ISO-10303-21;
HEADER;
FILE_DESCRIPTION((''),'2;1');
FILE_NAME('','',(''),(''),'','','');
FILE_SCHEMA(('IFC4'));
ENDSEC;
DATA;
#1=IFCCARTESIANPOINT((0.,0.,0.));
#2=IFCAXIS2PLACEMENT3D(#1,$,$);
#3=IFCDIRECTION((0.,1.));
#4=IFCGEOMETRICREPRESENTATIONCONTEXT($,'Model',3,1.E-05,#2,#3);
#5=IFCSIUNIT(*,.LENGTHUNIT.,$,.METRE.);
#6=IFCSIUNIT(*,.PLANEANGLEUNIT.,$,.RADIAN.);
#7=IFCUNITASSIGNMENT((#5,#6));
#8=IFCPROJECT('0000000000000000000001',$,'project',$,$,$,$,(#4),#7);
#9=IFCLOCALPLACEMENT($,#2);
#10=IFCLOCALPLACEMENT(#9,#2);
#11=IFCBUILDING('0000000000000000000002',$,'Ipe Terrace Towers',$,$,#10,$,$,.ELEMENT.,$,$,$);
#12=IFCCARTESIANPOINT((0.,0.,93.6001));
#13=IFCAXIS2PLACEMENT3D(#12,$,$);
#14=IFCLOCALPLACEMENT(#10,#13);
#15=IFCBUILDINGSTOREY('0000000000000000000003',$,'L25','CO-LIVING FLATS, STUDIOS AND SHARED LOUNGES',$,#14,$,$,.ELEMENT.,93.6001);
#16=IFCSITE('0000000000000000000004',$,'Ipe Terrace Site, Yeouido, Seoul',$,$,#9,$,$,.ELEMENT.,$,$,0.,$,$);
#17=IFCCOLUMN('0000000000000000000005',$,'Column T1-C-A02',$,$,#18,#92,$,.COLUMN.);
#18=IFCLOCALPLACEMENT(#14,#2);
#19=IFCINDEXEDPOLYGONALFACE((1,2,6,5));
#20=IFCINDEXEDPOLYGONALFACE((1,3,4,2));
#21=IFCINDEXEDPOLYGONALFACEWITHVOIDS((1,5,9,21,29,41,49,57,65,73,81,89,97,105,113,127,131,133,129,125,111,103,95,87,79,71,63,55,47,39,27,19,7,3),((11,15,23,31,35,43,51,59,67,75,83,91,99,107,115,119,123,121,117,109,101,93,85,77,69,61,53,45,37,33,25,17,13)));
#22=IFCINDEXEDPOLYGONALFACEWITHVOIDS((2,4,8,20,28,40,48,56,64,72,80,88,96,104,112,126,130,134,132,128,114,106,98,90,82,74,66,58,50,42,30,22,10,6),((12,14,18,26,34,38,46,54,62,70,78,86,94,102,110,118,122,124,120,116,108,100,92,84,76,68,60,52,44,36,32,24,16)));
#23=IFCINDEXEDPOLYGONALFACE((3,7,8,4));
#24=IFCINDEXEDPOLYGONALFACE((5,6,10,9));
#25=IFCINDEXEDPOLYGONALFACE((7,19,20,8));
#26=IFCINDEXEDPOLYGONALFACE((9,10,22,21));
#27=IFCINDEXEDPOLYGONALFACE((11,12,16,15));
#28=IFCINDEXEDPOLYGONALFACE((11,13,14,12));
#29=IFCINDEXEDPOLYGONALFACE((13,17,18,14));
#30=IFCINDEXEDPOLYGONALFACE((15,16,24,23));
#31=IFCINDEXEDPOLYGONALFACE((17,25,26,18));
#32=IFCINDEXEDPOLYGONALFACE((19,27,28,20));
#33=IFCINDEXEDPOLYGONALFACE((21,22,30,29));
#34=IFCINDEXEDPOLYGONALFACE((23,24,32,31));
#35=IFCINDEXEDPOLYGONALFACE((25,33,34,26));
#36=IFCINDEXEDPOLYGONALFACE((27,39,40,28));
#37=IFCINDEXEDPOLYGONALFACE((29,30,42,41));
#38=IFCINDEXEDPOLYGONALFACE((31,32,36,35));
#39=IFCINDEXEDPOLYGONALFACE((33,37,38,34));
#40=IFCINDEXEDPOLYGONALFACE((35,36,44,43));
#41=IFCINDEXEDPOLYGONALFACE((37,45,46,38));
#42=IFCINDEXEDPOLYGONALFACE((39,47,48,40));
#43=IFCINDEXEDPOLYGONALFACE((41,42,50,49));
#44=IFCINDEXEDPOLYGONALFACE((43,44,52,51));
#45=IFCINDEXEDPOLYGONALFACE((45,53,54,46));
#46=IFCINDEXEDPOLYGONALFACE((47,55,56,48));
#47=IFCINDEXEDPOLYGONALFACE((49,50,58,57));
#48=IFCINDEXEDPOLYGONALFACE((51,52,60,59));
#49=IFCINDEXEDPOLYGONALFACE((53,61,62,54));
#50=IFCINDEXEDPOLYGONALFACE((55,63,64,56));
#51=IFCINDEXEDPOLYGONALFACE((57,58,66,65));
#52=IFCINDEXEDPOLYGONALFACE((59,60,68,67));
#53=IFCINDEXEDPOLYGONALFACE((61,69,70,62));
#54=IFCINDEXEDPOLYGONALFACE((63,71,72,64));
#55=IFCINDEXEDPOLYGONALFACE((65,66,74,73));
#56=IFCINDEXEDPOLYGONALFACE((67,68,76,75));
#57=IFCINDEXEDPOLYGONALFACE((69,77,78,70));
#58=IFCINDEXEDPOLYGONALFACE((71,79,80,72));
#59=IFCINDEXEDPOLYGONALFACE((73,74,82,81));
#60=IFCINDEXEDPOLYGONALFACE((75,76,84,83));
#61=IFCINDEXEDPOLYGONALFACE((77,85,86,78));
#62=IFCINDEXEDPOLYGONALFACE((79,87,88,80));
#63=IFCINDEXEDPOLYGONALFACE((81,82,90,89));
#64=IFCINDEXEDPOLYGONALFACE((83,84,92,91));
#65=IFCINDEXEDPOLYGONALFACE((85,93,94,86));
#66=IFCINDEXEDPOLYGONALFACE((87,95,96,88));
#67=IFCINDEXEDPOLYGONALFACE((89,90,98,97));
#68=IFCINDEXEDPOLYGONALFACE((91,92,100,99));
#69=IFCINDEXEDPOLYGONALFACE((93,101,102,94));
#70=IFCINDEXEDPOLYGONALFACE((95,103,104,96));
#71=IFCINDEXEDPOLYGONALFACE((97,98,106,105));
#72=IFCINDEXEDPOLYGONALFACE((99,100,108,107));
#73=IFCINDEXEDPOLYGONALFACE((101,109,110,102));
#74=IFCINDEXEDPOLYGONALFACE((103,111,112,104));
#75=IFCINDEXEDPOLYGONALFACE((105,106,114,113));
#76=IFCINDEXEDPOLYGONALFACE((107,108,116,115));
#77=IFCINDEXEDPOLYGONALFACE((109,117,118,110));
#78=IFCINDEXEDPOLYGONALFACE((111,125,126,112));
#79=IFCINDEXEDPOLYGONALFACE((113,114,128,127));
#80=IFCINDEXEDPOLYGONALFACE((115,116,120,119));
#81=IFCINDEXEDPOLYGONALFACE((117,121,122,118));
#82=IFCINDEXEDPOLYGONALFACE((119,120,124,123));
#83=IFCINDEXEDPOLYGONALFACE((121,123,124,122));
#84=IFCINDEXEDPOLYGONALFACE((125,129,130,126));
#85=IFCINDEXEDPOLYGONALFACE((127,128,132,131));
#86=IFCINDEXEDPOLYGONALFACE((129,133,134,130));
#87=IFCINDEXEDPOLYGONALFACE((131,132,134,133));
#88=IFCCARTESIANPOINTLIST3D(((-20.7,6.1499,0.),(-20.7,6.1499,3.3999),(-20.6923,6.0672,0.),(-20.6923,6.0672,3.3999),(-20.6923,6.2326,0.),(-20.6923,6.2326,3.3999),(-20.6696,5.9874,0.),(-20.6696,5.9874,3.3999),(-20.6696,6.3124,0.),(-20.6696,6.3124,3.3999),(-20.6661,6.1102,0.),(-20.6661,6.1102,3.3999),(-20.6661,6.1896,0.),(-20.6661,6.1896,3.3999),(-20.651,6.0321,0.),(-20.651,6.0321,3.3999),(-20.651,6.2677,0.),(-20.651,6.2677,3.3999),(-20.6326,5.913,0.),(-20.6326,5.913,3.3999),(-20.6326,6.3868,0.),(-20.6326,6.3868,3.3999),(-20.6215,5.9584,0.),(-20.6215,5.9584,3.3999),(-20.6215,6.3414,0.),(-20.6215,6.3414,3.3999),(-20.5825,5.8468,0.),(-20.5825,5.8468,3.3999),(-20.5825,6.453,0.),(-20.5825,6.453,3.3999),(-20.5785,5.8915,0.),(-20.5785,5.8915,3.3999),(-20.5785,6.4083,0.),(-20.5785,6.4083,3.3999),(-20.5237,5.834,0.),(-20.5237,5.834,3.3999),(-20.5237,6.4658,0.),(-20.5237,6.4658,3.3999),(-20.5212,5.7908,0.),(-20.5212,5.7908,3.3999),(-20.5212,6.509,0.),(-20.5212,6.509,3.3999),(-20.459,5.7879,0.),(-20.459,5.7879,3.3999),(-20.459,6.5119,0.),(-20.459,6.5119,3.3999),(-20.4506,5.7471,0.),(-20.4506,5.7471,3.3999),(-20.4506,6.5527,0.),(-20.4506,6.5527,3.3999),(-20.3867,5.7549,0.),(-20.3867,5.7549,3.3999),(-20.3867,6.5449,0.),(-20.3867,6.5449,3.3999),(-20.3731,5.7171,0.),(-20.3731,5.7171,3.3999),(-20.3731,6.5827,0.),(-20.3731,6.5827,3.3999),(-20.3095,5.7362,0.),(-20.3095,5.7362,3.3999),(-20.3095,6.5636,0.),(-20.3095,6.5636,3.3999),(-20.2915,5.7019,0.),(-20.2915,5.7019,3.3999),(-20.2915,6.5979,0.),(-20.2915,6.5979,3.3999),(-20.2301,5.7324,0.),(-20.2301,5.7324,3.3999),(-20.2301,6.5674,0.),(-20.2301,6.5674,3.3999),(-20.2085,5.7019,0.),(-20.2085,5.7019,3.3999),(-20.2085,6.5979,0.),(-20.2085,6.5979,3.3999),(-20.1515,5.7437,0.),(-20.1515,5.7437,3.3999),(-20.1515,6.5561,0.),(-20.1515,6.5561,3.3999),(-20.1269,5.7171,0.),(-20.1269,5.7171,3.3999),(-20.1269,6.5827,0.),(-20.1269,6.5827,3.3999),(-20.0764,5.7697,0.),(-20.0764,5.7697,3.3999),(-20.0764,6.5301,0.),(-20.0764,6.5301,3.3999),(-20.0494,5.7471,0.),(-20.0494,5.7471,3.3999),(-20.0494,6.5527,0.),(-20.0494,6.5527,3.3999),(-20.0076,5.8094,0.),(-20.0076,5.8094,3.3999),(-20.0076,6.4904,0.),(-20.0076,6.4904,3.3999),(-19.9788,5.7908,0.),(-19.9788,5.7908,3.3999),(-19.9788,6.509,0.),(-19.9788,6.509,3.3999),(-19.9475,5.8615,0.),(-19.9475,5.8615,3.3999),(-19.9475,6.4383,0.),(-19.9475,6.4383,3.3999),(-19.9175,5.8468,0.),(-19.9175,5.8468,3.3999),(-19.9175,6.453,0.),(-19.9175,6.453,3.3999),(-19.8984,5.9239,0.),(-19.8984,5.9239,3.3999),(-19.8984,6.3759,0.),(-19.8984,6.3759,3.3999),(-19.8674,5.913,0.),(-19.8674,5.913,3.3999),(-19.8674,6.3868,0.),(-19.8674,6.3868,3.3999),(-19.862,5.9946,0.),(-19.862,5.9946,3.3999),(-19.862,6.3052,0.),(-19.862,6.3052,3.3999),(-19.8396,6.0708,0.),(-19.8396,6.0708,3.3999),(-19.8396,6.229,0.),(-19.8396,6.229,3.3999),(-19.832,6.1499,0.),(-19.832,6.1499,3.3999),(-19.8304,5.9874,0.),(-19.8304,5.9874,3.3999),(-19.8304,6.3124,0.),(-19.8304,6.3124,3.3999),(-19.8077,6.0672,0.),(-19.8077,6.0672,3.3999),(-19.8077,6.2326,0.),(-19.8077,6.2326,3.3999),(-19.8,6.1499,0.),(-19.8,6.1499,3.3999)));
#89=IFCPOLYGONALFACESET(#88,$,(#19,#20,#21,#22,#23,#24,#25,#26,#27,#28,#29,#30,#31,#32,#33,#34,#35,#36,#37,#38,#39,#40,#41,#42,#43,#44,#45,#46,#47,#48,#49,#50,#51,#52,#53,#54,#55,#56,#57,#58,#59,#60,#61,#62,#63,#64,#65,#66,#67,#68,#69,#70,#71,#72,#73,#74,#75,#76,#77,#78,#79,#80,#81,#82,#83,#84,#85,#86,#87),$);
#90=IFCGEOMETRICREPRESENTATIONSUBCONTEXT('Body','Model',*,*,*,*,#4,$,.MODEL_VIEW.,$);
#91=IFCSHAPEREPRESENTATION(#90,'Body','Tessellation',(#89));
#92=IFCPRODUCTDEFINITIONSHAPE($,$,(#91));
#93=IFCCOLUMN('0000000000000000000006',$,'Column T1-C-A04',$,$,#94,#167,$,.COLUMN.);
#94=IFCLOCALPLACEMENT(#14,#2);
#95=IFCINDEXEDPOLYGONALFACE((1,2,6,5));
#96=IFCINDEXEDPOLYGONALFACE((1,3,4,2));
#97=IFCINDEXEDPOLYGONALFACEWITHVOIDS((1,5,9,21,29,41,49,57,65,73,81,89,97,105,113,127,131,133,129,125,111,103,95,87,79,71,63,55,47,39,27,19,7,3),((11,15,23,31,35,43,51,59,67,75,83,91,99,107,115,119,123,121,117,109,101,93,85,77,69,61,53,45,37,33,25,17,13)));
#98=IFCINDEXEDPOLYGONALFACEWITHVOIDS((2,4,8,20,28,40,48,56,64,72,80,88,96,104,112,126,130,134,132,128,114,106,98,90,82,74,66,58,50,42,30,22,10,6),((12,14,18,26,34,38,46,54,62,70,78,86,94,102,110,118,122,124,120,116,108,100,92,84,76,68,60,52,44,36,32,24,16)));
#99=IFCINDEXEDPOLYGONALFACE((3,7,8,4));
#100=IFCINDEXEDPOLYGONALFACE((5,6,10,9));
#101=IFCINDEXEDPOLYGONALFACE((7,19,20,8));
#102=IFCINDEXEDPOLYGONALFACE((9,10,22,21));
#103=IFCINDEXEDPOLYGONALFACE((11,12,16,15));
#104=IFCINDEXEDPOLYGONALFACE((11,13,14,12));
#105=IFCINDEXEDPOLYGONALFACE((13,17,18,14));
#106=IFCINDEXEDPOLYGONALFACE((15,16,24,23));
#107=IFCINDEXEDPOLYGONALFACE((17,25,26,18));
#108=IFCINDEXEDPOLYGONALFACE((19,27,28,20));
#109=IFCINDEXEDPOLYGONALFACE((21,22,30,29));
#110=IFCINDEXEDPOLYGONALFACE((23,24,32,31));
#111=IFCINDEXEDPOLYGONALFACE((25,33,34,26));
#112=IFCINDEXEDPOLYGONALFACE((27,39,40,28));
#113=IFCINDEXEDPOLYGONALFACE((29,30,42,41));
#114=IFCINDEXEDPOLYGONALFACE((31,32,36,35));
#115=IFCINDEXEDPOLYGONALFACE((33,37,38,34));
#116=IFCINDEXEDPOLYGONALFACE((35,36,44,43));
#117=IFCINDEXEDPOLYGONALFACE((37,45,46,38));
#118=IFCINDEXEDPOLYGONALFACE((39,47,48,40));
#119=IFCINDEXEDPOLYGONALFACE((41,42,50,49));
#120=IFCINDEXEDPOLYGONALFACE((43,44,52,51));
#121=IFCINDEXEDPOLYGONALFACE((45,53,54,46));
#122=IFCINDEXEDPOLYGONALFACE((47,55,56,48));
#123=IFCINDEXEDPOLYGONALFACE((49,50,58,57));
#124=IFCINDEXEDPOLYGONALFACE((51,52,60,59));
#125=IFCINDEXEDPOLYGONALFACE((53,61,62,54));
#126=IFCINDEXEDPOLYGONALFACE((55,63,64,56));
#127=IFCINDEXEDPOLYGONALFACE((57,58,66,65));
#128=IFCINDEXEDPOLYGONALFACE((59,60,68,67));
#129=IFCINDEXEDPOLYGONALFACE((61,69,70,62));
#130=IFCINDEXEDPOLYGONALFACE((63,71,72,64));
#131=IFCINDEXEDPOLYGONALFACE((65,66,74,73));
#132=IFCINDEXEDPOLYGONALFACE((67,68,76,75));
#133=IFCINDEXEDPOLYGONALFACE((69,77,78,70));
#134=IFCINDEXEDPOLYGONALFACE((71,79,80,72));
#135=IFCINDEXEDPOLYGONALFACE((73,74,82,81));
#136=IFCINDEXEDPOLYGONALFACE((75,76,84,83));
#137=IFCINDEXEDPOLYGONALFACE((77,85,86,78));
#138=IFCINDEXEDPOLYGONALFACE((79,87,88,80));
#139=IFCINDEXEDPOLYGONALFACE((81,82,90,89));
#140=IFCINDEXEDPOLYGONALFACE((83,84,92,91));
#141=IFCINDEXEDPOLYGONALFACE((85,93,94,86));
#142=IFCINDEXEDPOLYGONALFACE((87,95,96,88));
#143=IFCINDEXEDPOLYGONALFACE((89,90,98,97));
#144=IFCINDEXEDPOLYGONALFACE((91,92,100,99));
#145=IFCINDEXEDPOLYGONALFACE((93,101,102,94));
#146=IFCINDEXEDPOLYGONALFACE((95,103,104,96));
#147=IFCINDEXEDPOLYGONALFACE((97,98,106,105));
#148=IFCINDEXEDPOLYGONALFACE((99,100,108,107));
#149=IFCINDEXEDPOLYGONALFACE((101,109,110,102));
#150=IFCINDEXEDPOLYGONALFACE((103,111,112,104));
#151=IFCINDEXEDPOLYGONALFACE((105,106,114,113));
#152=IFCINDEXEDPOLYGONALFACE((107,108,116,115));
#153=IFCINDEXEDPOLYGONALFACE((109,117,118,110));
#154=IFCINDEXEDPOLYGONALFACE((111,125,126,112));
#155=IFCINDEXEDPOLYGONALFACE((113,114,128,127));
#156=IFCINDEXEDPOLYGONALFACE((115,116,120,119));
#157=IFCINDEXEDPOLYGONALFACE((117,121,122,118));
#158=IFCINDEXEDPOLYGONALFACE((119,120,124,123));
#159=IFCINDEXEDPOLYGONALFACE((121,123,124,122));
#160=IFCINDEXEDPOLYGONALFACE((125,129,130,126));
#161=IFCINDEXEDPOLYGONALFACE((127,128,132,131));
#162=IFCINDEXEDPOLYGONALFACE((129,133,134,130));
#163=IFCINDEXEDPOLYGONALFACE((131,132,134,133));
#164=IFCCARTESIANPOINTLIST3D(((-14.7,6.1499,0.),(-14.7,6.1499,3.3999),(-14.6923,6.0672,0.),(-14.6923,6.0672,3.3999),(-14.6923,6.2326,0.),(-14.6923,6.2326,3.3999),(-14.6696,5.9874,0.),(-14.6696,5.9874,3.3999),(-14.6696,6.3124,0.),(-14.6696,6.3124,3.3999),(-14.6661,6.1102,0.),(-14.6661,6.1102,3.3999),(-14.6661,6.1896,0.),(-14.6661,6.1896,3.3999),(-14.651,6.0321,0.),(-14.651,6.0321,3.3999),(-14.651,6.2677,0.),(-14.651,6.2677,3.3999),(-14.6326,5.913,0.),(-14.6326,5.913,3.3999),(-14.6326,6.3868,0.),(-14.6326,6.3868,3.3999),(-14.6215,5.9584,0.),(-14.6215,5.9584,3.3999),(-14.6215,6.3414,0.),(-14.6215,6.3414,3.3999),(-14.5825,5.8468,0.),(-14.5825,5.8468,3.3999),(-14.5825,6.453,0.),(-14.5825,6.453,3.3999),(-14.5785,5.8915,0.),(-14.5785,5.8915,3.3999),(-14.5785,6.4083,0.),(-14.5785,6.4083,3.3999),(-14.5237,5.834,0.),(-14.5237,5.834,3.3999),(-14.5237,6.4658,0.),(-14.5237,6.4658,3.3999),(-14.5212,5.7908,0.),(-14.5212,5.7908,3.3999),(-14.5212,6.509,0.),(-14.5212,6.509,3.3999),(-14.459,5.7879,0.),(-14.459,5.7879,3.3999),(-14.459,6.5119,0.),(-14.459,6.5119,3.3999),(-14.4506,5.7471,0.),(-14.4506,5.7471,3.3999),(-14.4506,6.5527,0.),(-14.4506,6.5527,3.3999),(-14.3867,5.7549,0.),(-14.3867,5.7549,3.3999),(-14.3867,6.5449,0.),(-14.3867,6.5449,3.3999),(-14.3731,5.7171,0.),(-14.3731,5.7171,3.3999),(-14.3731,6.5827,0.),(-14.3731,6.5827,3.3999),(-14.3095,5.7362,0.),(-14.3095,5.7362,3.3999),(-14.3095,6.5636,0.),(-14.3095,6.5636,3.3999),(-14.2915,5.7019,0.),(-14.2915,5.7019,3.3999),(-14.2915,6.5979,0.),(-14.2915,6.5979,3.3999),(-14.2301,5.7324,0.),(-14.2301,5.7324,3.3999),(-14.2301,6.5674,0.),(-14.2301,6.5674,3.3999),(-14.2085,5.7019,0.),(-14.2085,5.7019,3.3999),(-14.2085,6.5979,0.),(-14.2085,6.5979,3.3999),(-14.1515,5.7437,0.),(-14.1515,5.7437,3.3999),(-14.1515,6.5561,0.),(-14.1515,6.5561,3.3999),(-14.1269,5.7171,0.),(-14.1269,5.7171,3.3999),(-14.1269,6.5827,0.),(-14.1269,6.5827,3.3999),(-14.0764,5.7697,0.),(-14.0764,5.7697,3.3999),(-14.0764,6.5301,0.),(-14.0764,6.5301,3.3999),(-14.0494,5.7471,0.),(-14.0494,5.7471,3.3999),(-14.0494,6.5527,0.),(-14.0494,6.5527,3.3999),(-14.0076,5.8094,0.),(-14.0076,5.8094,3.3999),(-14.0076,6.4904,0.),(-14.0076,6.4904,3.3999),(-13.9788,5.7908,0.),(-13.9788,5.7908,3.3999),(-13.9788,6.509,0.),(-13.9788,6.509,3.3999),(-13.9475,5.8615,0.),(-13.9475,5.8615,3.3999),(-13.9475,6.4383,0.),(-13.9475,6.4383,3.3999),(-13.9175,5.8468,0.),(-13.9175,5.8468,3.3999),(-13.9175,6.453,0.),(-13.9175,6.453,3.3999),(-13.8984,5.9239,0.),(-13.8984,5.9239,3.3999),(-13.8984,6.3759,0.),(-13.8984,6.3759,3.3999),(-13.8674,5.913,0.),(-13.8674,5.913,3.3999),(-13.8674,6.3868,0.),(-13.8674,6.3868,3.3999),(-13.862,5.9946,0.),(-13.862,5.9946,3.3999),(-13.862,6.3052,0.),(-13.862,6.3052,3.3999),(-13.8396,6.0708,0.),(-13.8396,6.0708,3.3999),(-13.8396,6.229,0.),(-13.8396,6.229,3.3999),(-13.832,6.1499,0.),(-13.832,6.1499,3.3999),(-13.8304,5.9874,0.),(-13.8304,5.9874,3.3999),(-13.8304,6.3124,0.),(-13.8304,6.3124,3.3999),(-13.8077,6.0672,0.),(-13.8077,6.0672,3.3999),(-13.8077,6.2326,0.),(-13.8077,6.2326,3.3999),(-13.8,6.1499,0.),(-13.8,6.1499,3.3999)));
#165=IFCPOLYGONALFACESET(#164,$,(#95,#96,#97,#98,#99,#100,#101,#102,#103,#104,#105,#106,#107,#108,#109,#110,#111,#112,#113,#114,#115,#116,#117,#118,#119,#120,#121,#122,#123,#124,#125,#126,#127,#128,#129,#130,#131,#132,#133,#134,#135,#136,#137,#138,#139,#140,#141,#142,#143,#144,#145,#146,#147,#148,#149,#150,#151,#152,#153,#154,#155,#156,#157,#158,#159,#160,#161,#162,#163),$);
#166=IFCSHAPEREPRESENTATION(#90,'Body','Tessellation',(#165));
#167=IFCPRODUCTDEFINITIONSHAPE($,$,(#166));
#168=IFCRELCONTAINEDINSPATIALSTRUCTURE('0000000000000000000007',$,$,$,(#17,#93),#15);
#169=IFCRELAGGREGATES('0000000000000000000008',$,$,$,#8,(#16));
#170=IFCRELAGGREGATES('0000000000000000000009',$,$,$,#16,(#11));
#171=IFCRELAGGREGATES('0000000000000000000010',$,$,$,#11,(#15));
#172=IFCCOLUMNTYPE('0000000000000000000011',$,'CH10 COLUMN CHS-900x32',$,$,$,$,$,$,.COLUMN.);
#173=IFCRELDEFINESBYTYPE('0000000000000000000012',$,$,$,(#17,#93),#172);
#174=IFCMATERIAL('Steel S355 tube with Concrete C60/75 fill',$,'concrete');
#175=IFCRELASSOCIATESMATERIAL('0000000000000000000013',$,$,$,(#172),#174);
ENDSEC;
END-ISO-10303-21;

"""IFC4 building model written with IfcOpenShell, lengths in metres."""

from ifc_helpers import new_model, si_unit, direction, frame, origin, origin_2d, place, context, subcontext, project, spatial, hollow_circle, extrude, material, material_profile, profile_set, type_object, element, save


model = new_model("IFC4")

# Units and contexts
model_context = context("Model", 3, precision=1e-05, world=origin(), true_north=direction((0.0, 1.0)))
body_context = subcontext(model_context, "Body", "Model", "MODEL_VIEW")
ifc_project = project(units=[si_unit("LENGTHUNIT", "METRE"), si_unit("PLANEANGLEUNIT", "RADIAN")], contexts=[model_context])

# Site, building, storey
site_placement = place(None, origin())
site = spatial("IfcSite", under=ifc_project, at=site_placement, Name="Ipe Terrace Site, Yeouido, Seoul", CompositionType="ELEMENT", RefElevation=0.0)
building_placement = place(site_placement, origin())
building = spatial("IfcBuilding", under=site, at=building_placement, Name="Ipe Terrace Towers", CompositionType="ELEMENT")
storey_placement = place(building_placement, frame((0.0, 0.0, 93.6001)))
storey = spatial("IfcBuildingStorey", under=building, at=storey_placement, Name="L25", Description="CO-LIVING FLATS, STUDIOS AND SHARED LOUNGES", CompositionType="ELEMENT", Elevation=93.6001)

# Columns
ifc_material_1 = material(Name="Steel S355 tube with Concrete C60/75 fill", Category="concrete")
ifc_material_profile_1 = material_profile(ifc_material_1, hollow_circle(Radius=0.45, WallThickness=0.032, at=origin_2d()), Name="CHS-900x32")
ifc_profile_set_1 = profile_set([ifc_material_profile_1], Name="Steel S355 tube with Concrete C60/75 fill")
column_type = type_object("IfcColumnType", Name="CH10 COLUMN CHS-900x32", PredefinedType="COLUMN", material=ifc_profile_set_1)
for number, where, z_axis, x_axis, name in (
    (1, (-20.25, 6.1499, 0.0), (0.0, 0.0, 1.0), (1.0, 0.0, 0.0), "Column T1-C-A02"),
    (2, (-14.25, 6.1499, 0.0), (0.0, 0.0, 1.0), (1.0, 0.0, 0.0), "Column T1-C-A04"),
):
    element("IfcColumn", number, at=place(storey_placement, frame(where, z_axis=z_axis, x_axis=x_axis)), inside=storey, type_object=column_type, Name=name, PredefinedType="COLUMN", context=body_context, shape_type="SweptSolid", body=[
        extrude(hollow_circle(Radius=0.45, WallThickness=0.032, at=origin_2d()), origin(), (0.0, 0.0, 1.0), 3.3999),
    ])

save(model, "model.ifc")
